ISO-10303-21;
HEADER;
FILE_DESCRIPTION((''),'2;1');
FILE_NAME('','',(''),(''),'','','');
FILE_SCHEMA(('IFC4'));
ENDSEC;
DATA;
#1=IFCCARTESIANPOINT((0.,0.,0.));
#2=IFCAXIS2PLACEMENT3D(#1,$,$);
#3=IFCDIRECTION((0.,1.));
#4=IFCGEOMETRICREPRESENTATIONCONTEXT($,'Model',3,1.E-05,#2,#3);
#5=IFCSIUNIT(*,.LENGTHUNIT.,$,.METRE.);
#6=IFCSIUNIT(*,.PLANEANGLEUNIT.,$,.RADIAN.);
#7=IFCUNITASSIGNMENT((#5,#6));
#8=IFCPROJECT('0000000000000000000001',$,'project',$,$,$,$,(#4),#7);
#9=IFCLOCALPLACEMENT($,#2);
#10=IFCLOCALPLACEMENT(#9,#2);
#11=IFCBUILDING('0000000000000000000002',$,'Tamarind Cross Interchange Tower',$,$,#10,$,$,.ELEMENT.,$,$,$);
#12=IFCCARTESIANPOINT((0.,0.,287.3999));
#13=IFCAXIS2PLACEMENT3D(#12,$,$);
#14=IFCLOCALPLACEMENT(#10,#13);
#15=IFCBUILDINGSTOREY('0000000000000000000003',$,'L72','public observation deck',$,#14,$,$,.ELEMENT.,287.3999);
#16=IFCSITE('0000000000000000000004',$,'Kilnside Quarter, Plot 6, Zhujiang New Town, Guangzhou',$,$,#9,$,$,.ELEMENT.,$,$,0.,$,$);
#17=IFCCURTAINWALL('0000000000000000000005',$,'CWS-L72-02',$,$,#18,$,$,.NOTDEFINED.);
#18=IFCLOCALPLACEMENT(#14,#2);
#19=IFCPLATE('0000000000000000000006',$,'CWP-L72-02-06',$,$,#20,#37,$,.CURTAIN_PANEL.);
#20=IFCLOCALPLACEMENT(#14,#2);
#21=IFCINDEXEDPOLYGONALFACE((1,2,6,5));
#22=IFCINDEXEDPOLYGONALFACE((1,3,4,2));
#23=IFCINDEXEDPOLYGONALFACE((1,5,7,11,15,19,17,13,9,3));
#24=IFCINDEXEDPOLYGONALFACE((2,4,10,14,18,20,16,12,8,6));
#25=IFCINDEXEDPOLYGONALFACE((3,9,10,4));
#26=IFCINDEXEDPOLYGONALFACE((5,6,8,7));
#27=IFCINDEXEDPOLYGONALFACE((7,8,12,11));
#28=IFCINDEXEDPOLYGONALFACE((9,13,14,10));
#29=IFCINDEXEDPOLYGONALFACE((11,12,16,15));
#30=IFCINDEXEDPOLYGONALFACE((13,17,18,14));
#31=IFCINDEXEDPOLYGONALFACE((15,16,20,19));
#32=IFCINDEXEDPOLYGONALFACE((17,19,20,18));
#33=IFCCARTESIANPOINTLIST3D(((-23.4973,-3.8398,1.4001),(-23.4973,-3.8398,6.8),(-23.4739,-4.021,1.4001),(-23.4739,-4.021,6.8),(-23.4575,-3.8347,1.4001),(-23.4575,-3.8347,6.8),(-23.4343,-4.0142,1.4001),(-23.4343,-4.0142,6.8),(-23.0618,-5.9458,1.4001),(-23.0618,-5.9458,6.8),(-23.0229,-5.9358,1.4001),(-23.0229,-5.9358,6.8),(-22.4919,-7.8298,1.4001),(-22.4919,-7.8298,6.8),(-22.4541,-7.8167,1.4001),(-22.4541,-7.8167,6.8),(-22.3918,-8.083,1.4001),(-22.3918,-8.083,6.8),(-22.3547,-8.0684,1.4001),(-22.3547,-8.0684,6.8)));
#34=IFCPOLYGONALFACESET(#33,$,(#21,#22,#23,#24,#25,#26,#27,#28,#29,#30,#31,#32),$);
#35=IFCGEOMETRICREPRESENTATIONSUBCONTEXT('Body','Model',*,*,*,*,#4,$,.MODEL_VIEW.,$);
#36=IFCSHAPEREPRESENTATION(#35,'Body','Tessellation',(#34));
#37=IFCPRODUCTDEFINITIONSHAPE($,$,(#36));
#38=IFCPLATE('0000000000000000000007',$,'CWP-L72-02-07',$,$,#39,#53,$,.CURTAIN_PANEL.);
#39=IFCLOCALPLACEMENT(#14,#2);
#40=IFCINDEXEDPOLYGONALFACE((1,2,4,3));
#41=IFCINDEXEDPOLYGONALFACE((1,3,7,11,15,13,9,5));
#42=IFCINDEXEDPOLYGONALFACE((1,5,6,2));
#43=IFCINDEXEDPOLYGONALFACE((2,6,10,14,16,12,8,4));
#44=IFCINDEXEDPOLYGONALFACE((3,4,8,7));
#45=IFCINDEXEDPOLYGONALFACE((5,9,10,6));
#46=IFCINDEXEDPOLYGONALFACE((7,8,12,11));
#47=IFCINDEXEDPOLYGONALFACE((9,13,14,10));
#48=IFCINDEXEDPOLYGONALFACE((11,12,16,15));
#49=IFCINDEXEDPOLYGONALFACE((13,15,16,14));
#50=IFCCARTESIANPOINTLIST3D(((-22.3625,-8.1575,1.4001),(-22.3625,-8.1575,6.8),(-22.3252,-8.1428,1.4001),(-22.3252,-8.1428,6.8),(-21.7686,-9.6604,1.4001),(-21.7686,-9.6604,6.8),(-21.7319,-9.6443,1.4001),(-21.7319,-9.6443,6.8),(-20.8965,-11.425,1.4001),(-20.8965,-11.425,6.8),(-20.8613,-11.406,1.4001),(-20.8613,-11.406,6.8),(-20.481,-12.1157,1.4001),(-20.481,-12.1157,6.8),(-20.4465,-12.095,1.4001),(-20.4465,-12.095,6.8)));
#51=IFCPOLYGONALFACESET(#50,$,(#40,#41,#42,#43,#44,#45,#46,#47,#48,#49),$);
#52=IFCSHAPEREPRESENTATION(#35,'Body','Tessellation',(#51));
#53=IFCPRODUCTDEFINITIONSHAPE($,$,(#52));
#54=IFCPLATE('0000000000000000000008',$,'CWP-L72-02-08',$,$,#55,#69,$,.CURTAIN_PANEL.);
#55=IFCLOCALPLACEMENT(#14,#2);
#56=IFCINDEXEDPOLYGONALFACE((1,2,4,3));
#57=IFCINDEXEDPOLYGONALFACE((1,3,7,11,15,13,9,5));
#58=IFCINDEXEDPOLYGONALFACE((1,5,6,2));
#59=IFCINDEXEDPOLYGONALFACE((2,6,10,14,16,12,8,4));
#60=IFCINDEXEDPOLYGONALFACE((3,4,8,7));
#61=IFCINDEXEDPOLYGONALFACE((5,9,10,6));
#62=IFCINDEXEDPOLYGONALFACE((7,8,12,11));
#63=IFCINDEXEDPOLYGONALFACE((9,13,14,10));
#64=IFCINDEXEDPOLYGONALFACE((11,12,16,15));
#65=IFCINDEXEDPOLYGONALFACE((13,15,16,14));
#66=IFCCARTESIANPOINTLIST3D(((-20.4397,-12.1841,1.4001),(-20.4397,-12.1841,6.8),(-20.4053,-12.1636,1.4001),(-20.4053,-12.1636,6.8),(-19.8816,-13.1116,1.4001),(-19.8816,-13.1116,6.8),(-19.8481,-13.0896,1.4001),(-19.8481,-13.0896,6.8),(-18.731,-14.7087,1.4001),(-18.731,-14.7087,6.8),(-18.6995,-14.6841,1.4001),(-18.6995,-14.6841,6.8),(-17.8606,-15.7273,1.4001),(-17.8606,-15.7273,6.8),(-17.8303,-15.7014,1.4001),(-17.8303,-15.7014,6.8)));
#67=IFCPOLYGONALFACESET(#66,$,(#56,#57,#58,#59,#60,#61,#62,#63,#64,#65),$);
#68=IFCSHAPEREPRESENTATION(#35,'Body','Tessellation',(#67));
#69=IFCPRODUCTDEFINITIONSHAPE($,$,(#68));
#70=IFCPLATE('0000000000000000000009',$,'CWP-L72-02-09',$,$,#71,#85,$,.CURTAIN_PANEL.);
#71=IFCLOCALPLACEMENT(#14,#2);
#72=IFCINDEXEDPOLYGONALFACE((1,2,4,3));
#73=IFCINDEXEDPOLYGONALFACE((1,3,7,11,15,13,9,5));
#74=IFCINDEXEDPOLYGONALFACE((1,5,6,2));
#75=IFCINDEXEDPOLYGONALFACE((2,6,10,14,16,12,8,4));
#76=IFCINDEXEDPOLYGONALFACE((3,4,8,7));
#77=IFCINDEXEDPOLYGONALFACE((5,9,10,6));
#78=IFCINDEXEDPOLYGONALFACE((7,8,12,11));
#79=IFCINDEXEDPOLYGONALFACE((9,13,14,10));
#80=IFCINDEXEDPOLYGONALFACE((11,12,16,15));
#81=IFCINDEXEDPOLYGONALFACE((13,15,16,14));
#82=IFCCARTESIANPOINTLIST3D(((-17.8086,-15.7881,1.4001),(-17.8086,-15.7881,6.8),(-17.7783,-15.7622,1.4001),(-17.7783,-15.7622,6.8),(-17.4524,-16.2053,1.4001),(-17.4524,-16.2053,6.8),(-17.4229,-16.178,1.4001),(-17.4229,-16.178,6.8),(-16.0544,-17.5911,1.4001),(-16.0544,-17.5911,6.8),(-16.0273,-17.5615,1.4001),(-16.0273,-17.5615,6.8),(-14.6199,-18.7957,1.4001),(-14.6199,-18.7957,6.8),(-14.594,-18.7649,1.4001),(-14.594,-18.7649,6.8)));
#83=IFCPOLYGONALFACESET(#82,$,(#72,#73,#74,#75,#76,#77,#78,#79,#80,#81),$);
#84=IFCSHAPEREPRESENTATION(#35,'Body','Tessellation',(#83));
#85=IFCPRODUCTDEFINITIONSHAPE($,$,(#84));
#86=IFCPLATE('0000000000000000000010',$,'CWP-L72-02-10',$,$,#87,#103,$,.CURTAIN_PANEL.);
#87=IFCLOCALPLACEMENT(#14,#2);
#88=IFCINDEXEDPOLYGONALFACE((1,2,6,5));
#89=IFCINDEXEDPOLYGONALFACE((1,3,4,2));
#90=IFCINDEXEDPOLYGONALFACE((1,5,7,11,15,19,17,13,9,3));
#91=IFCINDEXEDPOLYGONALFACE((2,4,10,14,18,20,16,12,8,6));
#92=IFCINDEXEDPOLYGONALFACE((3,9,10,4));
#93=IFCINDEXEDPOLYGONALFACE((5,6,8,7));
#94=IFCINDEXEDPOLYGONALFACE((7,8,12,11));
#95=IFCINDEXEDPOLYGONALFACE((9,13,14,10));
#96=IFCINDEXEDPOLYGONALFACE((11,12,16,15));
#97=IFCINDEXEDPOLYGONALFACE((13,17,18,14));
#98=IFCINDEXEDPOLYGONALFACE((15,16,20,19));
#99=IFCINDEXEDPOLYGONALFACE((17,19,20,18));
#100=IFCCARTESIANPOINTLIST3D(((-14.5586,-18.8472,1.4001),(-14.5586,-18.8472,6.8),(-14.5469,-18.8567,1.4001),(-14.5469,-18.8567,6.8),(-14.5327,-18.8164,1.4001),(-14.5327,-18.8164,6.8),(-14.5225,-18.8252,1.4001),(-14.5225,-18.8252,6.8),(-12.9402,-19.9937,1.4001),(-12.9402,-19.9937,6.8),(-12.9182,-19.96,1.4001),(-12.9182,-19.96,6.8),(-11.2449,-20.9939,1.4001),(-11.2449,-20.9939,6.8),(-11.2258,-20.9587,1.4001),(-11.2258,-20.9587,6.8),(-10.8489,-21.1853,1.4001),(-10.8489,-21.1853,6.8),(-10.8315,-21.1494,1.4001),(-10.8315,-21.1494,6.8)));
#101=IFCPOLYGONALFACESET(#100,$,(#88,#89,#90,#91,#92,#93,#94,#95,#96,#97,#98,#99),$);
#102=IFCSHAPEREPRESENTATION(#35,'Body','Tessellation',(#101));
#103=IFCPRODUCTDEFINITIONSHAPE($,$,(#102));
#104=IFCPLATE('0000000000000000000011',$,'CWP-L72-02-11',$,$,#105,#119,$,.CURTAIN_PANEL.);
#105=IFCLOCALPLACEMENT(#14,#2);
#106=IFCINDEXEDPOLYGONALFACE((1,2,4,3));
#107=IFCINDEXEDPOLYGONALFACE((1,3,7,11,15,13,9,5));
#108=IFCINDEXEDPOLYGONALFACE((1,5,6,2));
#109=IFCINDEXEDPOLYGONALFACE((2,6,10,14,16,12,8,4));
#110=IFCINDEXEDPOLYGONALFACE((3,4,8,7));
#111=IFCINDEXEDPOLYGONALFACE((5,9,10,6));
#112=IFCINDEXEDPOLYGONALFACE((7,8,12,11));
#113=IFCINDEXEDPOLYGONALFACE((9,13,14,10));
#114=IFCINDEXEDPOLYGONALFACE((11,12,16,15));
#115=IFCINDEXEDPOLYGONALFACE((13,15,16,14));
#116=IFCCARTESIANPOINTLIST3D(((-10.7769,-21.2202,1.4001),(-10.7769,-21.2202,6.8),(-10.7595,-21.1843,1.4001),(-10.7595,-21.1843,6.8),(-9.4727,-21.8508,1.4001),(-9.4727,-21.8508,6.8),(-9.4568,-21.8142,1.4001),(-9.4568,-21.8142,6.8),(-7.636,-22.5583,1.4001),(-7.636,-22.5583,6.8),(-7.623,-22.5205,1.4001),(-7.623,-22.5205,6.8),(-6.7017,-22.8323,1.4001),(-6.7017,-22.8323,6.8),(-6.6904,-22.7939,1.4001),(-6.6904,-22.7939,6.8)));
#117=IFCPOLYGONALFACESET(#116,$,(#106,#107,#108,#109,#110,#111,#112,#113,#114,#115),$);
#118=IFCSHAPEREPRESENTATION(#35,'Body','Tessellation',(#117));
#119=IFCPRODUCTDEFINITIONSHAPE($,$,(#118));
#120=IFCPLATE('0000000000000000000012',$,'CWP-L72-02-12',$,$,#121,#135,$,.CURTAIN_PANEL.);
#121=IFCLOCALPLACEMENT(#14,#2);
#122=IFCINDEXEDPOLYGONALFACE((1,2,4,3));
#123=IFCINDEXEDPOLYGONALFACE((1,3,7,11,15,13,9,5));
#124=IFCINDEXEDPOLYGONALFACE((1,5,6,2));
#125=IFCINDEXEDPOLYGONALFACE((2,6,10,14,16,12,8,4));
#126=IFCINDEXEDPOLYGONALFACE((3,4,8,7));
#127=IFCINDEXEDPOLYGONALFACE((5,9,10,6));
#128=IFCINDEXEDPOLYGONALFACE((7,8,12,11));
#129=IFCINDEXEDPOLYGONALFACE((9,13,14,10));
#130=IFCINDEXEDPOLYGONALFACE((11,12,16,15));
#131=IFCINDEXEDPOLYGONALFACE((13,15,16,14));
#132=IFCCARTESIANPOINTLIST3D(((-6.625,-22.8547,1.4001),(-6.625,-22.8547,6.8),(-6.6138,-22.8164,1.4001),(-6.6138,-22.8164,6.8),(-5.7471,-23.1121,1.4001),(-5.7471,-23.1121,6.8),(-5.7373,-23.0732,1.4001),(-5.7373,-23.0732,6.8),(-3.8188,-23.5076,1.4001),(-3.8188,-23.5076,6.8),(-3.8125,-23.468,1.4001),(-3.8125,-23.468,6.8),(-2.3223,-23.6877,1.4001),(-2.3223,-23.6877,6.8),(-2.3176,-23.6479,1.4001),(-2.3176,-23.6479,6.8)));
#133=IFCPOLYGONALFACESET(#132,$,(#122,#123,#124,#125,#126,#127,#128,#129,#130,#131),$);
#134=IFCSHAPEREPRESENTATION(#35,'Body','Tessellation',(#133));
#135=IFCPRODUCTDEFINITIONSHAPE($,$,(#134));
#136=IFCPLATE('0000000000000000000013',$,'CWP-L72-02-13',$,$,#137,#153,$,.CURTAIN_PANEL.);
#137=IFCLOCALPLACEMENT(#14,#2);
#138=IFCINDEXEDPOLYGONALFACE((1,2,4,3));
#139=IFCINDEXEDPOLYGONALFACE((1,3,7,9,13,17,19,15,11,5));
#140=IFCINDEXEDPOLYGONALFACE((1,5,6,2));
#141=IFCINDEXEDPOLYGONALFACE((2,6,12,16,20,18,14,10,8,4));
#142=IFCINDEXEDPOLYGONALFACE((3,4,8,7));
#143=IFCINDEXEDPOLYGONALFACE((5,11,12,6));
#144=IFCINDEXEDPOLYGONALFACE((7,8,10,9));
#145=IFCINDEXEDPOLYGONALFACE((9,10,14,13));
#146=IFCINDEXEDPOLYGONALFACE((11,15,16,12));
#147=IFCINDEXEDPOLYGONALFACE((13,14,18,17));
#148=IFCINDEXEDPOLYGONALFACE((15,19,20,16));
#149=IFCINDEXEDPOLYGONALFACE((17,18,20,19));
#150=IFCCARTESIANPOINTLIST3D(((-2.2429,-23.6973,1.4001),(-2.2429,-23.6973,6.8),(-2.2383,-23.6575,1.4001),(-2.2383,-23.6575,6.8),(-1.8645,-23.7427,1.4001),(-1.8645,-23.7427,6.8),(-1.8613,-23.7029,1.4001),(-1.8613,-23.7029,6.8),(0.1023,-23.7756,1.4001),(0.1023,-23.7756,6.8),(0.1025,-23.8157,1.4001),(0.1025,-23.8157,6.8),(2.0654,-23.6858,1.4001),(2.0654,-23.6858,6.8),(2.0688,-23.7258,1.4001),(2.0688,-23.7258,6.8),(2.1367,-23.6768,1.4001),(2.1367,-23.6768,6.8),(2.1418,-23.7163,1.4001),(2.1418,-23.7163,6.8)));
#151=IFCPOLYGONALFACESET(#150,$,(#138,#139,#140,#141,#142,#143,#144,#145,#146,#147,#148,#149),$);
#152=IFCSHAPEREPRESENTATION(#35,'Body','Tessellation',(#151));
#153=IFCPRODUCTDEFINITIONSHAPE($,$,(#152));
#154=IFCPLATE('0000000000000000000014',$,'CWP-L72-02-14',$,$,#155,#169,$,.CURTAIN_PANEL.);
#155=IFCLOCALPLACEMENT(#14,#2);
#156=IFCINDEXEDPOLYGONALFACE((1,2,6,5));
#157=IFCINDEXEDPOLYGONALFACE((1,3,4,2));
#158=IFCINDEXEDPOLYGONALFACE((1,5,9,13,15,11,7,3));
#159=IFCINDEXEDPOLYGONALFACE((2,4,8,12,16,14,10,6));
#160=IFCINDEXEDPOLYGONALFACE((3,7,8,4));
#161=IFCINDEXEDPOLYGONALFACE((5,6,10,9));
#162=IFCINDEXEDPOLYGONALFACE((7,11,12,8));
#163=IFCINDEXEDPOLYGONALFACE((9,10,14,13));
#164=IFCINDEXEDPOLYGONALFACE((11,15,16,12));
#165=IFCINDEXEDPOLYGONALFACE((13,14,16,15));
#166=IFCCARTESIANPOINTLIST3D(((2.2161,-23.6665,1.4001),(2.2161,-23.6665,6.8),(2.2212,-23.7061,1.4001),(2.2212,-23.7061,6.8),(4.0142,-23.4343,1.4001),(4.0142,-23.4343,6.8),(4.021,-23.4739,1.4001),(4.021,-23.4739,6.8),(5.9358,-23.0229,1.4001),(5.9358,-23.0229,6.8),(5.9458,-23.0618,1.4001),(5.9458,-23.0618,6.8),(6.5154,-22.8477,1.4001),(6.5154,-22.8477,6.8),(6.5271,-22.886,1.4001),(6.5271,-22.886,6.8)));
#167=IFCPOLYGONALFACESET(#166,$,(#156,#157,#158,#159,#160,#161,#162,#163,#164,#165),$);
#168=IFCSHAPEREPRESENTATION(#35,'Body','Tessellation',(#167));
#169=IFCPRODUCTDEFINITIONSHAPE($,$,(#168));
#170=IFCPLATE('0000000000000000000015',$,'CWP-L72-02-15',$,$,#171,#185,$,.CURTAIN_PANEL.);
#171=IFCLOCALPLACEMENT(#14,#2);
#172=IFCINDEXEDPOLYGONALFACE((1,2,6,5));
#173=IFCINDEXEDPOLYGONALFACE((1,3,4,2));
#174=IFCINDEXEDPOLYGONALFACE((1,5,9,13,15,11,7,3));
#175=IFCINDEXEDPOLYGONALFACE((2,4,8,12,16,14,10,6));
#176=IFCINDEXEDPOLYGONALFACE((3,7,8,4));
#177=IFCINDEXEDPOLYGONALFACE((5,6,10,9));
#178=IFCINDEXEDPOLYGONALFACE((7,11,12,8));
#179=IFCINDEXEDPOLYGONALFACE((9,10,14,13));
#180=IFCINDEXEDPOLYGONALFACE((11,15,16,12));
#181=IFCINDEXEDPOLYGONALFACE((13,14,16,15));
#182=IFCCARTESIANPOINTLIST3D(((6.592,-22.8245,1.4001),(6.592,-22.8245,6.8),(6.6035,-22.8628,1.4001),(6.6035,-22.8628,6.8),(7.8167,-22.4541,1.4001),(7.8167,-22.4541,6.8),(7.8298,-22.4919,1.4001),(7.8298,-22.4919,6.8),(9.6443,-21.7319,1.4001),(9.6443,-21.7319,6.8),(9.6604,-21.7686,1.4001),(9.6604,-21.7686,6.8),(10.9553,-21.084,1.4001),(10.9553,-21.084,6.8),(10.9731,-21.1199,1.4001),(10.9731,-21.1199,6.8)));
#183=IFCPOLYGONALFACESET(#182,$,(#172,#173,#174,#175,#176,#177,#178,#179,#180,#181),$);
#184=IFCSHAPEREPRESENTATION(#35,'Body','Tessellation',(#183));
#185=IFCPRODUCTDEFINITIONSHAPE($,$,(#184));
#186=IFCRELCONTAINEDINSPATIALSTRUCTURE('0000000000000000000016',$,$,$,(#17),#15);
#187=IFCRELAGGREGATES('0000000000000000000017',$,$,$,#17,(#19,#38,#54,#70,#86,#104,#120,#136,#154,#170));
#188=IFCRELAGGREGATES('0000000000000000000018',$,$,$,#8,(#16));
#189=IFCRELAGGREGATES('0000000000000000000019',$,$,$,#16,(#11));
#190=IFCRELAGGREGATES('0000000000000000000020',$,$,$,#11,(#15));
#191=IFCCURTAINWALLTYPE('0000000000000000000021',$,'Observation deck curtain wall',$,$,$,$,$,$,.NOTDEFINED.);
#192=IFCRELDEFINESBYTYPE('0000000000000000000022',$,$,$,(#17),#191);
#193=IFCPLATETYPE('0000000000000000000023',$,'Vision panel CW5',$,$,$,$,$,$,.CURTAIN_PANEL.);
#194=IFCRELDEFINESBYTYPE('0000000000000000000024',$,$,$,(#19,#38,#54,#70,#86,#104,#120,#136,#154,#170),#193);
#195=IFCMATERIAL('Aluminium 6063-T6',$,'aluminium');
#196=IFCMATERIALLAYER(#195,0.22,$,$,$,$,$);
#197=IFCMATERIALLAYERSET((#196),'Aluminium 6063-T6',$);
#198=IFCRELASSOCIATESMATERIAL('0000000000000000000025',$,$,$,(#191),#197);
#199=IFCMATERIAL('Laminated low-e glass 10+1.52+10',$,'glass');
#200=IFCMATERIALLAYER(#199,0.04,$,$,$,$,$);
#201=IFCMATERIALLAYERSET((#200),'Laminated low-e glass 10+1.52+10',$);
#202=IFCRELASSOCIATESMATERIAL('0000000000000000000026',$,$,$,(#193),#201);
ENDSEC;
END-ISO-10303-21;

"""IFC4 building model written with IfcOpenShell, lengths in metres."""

from ifc_helpers import new_model, si_unit, direction, frame, origin, place, context, subcontext, project, spatial, polyline, outline, extrude, material, layer, layer_set, type_object, element, aggregate, save


model = new_model("IFC4")

# Units and contexts
model_context = context("Model", 3, precision=1e-05, world=origin(), true_north=direction((0.0, 1.0)))
body_context = subcontext(model_context, "Body", "Model", "MODEL_VIEW")
ifc_project = project(units=[si_unit("LENGTHUNIT", "METRE"), si_unit("PLANEANGLEUNIT", "RADIAN")], contexts=[model_context])

# Site, building, storey
site_placement = place(None, origin())
site = spatial("IfcSite", under=ifc_project, at=site_placement, Name="Kilnside Quarter, Plot 6, Zhujiang New Town, Guangzhou", CompositionType="ELEMENT", RefElevation=0.0)
building_placement = place(site_placement, origin())
building = spatial("IfcBuilding", under=site, at=building_placement, Name="Tamarind Cross Interchange Tower", CompositionType="ELEMENT")
storey_placement = place(building_placement, frame((0.0, 0.0, 287.3999)))
storey = spatial("IfcBuildingStorey", under=building, at=storey_placement, Name="L72", Description="public observation deck", CompositionType="ELEMENT", Elevation=287.3999)

# Curtain wall, plates
ifc_material_1 = material(Name="Aluminium 6063-T6", Category="aluminium")
ifc_layer_1 = layer(ifc_material_1, 0.22)
ifc_layer_set_1 = layer_set([ifc_layer_1], Name="Aluminium 6063-T6")
curtain_wall_type = type_object("IfcCurtainWallType", Name="Observation deck curtain wall", PredefinedType="NOTDEFINED", material=ifc_layer_set_1)
curtain_wall_placement = place(storey_placement, origin())
curtain_wall = element("IfcCurtainWall", 1, at=curtain_wall_placement, inside=storey, type_object=curtain_wall_type, Name="CWS-L72-02", PredefinedType="NOTDEFINED")
ifc_material_2 = material(Name="Laminated low-e glass 10+1.52+10", Category="glass")
ifc_layer_2 = layer(ifc_material_2, 0.04)
ifc_layer_set_2 = layer_set([ifc_layer_2], Name="Laminated low-e glass 10+1.52+10")
plate_type = type_object("IfcPlateType", Name="Vision panel CW5", PredefinedType="CURTAIN_PANEL", material=ifc_layer_set_2)
plate_1_placement = place(storey_placement, frame((0.0, 0.0, 1.4001)))
plate_1 = element("IfcPlate", 2, at=plate_1_placement, type_object=plate_type, Name="CWP-L72-02-06", PredefinedType="CURTAIN_PANEL", context=body_context, shape_type="SweptSolid", body=[
    extrude(outline(polyline([(-23.4575, -3.8347), (-23.4343, -4.0142), (-23.0229, -5.9358), (-22.4541, -7.8167), (-22.3547, -8.0684), (-22.3918, -8.083), (-22.4919, -7.8298), (-23.0618, -5.9458), (-23.4739, -4.021), (-23.4973, -3.8398), (-23.4575, -3.8347)])), origin(), (0.0, 0.0, 1.0), 5.3999),
])
plate_2_placement = place(storey_placement, frame((0.0, 0.0, 1.4001)))
plate_2 = element("IfcPlate", 3, at=plate_2_placement, type_object=plate_type, Name="CWP-L72-02-07", PredefinedType="CURTAIN_PANEL", context=body_context, shape_type="SweptSolid", body=[
    extrude(outline(polyline([(-22.3252, -8.1428), (-21.7319, -9.6443), (-20.8613, -11.406), (-20.4465, -12.095), (-20.481, -12.1157), (-20.8965, -11.425), (-21.7686, -9.6604), (-22.3625, -8.1575), (-22.3252, -8.1428)])), origin(), (0.0, 0.0, 1.0), 5.3999),
])
plate_3_placement = place(storey_placement, frame((0.0, 0.0, 1.4001)))
plate_3 = element("IfcPlate", 4, at=plate_3_placement, type_object=plate_type, Name="CWP-L72-02-08", PredefinedType="CURTAIN_PANEL", context=body_context, shape_type="SweptSolid", body=[
    extrude(outline(polyline([(-20.4053, -12.1636), (-19.8481, -13.0896), (-18.6995, -14.6841), (-17.8303, -15.7014), (-17.8606, -15.7273), (-18.731, -14.7087), (-19.8816, -13.1116), (-20.4397, -12.1841), (-20.4053, -12.1636)])), origin(), (0.0, 0.0, 1.0), 5.3999),
])
plate_4_placement = place(storey_placement, frame((0.0, 0.0, 1.4001)))
plate_4 = element("IfcPlate", 5, at=plate_4_placement, type_object=plate_type, Name="CWP-L72-02-09", PredefinedType="CURTAIN_PANEL", context=body_context, shape_type="SweptSolid", body=[
    extrude(outline(polyline([(-17.7783, -15.7622), (-17.4229, -16.178), (-16.0273, -17.5615), (-14.594, -18.7649), (-14.6199, -18.7957), (-16.0544, -17.5911), (-17.4524, -16.2053), (-17.8086, -15.7881), (-17.7783, -15.7622)])), origin(), (0.0, 0.0, 1.0), 5.3999),
])
plate_5_placement = place(storey_placement, frame((0.0, 0.0, 1.4001)))
plate_5 = element("IfcPlate", 6, at=plate_5_placement, type_object=plate_type, Name="CWP-L72-02-10", PredefinedType="CURTAIN_PANEL", context=body_context, shape_type="SweptSolid", body=[
    extrude(outline(polyline([(-14.5327, -18.8164), (-14.5225, -18.8252), (-12.9182, -19.96), (-11.2258, -20.9587), (-10.8315, -21.1494), (-10.8489, -21.1853), (-11.2449, -20.9939), (-12.9402, -19.9937), (-14.5469, -18.8567), (-14.5586, -18.8472), (-14.5327, -18.8164)])), origin(), (0.0, 0.0, 1.0), 5.3999),
])
plate_6_placement = place(storey_placement, frame((0.0, 0.0, 1.4001)))
plate_6 = element("IfcPlate", 7, at=plate_6_placement, type_object=plate_type, Name="CWP-L72-02-11", PredefinedType="CURTAIN_PANEL", context=body_context, shape_type="SweptSolid", body=[
    extrude(outline(polyline([(-10.7595, -21.1843), (-9.4568, -21.8142), (-7.623, -22.5205), (-6.6904, -22.7939), (-6.7017, -22.8323), (-7.636, -22.5583), (-9.4727, -21.8508), (-10.7769, -21.2202), (-10.7595, -21.1843)])), origin(), (0.0, 0.0, 1.0), 5.3999),
])
plate_7_placement = place(storey_placement, frame((0.0, 0.0, 1.4001)))
plate_7 = element("IfcPlate", 8, at=plate_7_placement, type_object=plate_type, Name="CWP-L72-02-12", PredefinedType="CURTAIN_PANEL", context=body_context, shape_type="SweptSolid", body=[
    extrude(outline(polyline([(-6.6138, -22.8164), (-5.7373, -23.0732), (-3.8125, -23.468), (-2.3176, -23.6479), (-2.3223, -23.6877), (-3.8188, -23.5076), (-5.7471, -23.1121), (-6.625, -22.8547), (-6.6138, -22.8164)])), origin(), (0.0, 0.0, 1.0), 5.3999),
])
plate_8_placement = place(storey_placement, frame((0.0, 0.0, 1.4001)))
plate_8 = element("IfcPlate", 9, at=plate_8_placement, type_object=plate_type, Name="CWP-L72-02-13", PredefinedType="CURTAIN_PANEL", context=body_context, shape_type="SweptSolid", body=[
    extrude(outline(polyline([(-2.2383, -23.6575), (-1.8613, -23.7029), (0.1023, -23.7756), (2.0654, -23.6858), (2.1367, -23.6768), (2.1418, -23.7163), (2.0688, -23.7258), (0.1025, -23.8157), (-1.8645, -23.7427), (-2.2429, -23.6973), (-2.2383, -23.6575)])), origin(), (0.0, 0.0, 1.0), 5.3999),
])
plate_9_placement = place(storey_placement, frame((0.0, 0.0, 1.4001)))
plate_9 = element("IfcPlate", 10, at=plate_9_placement, type_object=plate_type, Name="CWP-L72-02-14", PredefinedType="CURTAIN_PANEL", context=body_context, shape_type="SweptSolid", body=[
    extrude(outline(polyline([(2.2161, -23.6665), (4.0142, -23.4343), (5.9358, -23.0229), (6.5154, -22.8477), (6.5271, -22.886), (5.9458, -23.0618), (4.021, -23.4739), (2.2212, -23.7061), (2.2161, -23.6665)])), origin(), (0.0, 0.0, 1.0), 5.3999),
])
plate_10_placement = place(storey_placement, frame((0.0, 0.0, 1.4001)))
plate_10 = element("IfcPlate", 11, at=plate_10_placement, type_object=plate_type, Name="CWP-L72-02-15", PredefinedType="CURTAIN_PANEL", context=body_context, shape_type="SweptSolid", body=[
    extrude(outline(polyline([(6.592, -22.8245), (7.8167, -22.4541), (9.6443, -21.7319), (10.9553, -21.084), (10.9731, -21.1199), (9.6604, -21.7686), (7.8298, -22.4919), (6.6035, -22.8628), (6.592, -22.8245)])), origin(), (0.0, 0.0, 1.0), 5.3999),
])
aggregate(curtain_wall, [plate_1, plate_2, plate_3, plate_4, plate_5, plate_6, plate_7, plate_8, plate_9, plate_10])

save(model, "model.ifc")
